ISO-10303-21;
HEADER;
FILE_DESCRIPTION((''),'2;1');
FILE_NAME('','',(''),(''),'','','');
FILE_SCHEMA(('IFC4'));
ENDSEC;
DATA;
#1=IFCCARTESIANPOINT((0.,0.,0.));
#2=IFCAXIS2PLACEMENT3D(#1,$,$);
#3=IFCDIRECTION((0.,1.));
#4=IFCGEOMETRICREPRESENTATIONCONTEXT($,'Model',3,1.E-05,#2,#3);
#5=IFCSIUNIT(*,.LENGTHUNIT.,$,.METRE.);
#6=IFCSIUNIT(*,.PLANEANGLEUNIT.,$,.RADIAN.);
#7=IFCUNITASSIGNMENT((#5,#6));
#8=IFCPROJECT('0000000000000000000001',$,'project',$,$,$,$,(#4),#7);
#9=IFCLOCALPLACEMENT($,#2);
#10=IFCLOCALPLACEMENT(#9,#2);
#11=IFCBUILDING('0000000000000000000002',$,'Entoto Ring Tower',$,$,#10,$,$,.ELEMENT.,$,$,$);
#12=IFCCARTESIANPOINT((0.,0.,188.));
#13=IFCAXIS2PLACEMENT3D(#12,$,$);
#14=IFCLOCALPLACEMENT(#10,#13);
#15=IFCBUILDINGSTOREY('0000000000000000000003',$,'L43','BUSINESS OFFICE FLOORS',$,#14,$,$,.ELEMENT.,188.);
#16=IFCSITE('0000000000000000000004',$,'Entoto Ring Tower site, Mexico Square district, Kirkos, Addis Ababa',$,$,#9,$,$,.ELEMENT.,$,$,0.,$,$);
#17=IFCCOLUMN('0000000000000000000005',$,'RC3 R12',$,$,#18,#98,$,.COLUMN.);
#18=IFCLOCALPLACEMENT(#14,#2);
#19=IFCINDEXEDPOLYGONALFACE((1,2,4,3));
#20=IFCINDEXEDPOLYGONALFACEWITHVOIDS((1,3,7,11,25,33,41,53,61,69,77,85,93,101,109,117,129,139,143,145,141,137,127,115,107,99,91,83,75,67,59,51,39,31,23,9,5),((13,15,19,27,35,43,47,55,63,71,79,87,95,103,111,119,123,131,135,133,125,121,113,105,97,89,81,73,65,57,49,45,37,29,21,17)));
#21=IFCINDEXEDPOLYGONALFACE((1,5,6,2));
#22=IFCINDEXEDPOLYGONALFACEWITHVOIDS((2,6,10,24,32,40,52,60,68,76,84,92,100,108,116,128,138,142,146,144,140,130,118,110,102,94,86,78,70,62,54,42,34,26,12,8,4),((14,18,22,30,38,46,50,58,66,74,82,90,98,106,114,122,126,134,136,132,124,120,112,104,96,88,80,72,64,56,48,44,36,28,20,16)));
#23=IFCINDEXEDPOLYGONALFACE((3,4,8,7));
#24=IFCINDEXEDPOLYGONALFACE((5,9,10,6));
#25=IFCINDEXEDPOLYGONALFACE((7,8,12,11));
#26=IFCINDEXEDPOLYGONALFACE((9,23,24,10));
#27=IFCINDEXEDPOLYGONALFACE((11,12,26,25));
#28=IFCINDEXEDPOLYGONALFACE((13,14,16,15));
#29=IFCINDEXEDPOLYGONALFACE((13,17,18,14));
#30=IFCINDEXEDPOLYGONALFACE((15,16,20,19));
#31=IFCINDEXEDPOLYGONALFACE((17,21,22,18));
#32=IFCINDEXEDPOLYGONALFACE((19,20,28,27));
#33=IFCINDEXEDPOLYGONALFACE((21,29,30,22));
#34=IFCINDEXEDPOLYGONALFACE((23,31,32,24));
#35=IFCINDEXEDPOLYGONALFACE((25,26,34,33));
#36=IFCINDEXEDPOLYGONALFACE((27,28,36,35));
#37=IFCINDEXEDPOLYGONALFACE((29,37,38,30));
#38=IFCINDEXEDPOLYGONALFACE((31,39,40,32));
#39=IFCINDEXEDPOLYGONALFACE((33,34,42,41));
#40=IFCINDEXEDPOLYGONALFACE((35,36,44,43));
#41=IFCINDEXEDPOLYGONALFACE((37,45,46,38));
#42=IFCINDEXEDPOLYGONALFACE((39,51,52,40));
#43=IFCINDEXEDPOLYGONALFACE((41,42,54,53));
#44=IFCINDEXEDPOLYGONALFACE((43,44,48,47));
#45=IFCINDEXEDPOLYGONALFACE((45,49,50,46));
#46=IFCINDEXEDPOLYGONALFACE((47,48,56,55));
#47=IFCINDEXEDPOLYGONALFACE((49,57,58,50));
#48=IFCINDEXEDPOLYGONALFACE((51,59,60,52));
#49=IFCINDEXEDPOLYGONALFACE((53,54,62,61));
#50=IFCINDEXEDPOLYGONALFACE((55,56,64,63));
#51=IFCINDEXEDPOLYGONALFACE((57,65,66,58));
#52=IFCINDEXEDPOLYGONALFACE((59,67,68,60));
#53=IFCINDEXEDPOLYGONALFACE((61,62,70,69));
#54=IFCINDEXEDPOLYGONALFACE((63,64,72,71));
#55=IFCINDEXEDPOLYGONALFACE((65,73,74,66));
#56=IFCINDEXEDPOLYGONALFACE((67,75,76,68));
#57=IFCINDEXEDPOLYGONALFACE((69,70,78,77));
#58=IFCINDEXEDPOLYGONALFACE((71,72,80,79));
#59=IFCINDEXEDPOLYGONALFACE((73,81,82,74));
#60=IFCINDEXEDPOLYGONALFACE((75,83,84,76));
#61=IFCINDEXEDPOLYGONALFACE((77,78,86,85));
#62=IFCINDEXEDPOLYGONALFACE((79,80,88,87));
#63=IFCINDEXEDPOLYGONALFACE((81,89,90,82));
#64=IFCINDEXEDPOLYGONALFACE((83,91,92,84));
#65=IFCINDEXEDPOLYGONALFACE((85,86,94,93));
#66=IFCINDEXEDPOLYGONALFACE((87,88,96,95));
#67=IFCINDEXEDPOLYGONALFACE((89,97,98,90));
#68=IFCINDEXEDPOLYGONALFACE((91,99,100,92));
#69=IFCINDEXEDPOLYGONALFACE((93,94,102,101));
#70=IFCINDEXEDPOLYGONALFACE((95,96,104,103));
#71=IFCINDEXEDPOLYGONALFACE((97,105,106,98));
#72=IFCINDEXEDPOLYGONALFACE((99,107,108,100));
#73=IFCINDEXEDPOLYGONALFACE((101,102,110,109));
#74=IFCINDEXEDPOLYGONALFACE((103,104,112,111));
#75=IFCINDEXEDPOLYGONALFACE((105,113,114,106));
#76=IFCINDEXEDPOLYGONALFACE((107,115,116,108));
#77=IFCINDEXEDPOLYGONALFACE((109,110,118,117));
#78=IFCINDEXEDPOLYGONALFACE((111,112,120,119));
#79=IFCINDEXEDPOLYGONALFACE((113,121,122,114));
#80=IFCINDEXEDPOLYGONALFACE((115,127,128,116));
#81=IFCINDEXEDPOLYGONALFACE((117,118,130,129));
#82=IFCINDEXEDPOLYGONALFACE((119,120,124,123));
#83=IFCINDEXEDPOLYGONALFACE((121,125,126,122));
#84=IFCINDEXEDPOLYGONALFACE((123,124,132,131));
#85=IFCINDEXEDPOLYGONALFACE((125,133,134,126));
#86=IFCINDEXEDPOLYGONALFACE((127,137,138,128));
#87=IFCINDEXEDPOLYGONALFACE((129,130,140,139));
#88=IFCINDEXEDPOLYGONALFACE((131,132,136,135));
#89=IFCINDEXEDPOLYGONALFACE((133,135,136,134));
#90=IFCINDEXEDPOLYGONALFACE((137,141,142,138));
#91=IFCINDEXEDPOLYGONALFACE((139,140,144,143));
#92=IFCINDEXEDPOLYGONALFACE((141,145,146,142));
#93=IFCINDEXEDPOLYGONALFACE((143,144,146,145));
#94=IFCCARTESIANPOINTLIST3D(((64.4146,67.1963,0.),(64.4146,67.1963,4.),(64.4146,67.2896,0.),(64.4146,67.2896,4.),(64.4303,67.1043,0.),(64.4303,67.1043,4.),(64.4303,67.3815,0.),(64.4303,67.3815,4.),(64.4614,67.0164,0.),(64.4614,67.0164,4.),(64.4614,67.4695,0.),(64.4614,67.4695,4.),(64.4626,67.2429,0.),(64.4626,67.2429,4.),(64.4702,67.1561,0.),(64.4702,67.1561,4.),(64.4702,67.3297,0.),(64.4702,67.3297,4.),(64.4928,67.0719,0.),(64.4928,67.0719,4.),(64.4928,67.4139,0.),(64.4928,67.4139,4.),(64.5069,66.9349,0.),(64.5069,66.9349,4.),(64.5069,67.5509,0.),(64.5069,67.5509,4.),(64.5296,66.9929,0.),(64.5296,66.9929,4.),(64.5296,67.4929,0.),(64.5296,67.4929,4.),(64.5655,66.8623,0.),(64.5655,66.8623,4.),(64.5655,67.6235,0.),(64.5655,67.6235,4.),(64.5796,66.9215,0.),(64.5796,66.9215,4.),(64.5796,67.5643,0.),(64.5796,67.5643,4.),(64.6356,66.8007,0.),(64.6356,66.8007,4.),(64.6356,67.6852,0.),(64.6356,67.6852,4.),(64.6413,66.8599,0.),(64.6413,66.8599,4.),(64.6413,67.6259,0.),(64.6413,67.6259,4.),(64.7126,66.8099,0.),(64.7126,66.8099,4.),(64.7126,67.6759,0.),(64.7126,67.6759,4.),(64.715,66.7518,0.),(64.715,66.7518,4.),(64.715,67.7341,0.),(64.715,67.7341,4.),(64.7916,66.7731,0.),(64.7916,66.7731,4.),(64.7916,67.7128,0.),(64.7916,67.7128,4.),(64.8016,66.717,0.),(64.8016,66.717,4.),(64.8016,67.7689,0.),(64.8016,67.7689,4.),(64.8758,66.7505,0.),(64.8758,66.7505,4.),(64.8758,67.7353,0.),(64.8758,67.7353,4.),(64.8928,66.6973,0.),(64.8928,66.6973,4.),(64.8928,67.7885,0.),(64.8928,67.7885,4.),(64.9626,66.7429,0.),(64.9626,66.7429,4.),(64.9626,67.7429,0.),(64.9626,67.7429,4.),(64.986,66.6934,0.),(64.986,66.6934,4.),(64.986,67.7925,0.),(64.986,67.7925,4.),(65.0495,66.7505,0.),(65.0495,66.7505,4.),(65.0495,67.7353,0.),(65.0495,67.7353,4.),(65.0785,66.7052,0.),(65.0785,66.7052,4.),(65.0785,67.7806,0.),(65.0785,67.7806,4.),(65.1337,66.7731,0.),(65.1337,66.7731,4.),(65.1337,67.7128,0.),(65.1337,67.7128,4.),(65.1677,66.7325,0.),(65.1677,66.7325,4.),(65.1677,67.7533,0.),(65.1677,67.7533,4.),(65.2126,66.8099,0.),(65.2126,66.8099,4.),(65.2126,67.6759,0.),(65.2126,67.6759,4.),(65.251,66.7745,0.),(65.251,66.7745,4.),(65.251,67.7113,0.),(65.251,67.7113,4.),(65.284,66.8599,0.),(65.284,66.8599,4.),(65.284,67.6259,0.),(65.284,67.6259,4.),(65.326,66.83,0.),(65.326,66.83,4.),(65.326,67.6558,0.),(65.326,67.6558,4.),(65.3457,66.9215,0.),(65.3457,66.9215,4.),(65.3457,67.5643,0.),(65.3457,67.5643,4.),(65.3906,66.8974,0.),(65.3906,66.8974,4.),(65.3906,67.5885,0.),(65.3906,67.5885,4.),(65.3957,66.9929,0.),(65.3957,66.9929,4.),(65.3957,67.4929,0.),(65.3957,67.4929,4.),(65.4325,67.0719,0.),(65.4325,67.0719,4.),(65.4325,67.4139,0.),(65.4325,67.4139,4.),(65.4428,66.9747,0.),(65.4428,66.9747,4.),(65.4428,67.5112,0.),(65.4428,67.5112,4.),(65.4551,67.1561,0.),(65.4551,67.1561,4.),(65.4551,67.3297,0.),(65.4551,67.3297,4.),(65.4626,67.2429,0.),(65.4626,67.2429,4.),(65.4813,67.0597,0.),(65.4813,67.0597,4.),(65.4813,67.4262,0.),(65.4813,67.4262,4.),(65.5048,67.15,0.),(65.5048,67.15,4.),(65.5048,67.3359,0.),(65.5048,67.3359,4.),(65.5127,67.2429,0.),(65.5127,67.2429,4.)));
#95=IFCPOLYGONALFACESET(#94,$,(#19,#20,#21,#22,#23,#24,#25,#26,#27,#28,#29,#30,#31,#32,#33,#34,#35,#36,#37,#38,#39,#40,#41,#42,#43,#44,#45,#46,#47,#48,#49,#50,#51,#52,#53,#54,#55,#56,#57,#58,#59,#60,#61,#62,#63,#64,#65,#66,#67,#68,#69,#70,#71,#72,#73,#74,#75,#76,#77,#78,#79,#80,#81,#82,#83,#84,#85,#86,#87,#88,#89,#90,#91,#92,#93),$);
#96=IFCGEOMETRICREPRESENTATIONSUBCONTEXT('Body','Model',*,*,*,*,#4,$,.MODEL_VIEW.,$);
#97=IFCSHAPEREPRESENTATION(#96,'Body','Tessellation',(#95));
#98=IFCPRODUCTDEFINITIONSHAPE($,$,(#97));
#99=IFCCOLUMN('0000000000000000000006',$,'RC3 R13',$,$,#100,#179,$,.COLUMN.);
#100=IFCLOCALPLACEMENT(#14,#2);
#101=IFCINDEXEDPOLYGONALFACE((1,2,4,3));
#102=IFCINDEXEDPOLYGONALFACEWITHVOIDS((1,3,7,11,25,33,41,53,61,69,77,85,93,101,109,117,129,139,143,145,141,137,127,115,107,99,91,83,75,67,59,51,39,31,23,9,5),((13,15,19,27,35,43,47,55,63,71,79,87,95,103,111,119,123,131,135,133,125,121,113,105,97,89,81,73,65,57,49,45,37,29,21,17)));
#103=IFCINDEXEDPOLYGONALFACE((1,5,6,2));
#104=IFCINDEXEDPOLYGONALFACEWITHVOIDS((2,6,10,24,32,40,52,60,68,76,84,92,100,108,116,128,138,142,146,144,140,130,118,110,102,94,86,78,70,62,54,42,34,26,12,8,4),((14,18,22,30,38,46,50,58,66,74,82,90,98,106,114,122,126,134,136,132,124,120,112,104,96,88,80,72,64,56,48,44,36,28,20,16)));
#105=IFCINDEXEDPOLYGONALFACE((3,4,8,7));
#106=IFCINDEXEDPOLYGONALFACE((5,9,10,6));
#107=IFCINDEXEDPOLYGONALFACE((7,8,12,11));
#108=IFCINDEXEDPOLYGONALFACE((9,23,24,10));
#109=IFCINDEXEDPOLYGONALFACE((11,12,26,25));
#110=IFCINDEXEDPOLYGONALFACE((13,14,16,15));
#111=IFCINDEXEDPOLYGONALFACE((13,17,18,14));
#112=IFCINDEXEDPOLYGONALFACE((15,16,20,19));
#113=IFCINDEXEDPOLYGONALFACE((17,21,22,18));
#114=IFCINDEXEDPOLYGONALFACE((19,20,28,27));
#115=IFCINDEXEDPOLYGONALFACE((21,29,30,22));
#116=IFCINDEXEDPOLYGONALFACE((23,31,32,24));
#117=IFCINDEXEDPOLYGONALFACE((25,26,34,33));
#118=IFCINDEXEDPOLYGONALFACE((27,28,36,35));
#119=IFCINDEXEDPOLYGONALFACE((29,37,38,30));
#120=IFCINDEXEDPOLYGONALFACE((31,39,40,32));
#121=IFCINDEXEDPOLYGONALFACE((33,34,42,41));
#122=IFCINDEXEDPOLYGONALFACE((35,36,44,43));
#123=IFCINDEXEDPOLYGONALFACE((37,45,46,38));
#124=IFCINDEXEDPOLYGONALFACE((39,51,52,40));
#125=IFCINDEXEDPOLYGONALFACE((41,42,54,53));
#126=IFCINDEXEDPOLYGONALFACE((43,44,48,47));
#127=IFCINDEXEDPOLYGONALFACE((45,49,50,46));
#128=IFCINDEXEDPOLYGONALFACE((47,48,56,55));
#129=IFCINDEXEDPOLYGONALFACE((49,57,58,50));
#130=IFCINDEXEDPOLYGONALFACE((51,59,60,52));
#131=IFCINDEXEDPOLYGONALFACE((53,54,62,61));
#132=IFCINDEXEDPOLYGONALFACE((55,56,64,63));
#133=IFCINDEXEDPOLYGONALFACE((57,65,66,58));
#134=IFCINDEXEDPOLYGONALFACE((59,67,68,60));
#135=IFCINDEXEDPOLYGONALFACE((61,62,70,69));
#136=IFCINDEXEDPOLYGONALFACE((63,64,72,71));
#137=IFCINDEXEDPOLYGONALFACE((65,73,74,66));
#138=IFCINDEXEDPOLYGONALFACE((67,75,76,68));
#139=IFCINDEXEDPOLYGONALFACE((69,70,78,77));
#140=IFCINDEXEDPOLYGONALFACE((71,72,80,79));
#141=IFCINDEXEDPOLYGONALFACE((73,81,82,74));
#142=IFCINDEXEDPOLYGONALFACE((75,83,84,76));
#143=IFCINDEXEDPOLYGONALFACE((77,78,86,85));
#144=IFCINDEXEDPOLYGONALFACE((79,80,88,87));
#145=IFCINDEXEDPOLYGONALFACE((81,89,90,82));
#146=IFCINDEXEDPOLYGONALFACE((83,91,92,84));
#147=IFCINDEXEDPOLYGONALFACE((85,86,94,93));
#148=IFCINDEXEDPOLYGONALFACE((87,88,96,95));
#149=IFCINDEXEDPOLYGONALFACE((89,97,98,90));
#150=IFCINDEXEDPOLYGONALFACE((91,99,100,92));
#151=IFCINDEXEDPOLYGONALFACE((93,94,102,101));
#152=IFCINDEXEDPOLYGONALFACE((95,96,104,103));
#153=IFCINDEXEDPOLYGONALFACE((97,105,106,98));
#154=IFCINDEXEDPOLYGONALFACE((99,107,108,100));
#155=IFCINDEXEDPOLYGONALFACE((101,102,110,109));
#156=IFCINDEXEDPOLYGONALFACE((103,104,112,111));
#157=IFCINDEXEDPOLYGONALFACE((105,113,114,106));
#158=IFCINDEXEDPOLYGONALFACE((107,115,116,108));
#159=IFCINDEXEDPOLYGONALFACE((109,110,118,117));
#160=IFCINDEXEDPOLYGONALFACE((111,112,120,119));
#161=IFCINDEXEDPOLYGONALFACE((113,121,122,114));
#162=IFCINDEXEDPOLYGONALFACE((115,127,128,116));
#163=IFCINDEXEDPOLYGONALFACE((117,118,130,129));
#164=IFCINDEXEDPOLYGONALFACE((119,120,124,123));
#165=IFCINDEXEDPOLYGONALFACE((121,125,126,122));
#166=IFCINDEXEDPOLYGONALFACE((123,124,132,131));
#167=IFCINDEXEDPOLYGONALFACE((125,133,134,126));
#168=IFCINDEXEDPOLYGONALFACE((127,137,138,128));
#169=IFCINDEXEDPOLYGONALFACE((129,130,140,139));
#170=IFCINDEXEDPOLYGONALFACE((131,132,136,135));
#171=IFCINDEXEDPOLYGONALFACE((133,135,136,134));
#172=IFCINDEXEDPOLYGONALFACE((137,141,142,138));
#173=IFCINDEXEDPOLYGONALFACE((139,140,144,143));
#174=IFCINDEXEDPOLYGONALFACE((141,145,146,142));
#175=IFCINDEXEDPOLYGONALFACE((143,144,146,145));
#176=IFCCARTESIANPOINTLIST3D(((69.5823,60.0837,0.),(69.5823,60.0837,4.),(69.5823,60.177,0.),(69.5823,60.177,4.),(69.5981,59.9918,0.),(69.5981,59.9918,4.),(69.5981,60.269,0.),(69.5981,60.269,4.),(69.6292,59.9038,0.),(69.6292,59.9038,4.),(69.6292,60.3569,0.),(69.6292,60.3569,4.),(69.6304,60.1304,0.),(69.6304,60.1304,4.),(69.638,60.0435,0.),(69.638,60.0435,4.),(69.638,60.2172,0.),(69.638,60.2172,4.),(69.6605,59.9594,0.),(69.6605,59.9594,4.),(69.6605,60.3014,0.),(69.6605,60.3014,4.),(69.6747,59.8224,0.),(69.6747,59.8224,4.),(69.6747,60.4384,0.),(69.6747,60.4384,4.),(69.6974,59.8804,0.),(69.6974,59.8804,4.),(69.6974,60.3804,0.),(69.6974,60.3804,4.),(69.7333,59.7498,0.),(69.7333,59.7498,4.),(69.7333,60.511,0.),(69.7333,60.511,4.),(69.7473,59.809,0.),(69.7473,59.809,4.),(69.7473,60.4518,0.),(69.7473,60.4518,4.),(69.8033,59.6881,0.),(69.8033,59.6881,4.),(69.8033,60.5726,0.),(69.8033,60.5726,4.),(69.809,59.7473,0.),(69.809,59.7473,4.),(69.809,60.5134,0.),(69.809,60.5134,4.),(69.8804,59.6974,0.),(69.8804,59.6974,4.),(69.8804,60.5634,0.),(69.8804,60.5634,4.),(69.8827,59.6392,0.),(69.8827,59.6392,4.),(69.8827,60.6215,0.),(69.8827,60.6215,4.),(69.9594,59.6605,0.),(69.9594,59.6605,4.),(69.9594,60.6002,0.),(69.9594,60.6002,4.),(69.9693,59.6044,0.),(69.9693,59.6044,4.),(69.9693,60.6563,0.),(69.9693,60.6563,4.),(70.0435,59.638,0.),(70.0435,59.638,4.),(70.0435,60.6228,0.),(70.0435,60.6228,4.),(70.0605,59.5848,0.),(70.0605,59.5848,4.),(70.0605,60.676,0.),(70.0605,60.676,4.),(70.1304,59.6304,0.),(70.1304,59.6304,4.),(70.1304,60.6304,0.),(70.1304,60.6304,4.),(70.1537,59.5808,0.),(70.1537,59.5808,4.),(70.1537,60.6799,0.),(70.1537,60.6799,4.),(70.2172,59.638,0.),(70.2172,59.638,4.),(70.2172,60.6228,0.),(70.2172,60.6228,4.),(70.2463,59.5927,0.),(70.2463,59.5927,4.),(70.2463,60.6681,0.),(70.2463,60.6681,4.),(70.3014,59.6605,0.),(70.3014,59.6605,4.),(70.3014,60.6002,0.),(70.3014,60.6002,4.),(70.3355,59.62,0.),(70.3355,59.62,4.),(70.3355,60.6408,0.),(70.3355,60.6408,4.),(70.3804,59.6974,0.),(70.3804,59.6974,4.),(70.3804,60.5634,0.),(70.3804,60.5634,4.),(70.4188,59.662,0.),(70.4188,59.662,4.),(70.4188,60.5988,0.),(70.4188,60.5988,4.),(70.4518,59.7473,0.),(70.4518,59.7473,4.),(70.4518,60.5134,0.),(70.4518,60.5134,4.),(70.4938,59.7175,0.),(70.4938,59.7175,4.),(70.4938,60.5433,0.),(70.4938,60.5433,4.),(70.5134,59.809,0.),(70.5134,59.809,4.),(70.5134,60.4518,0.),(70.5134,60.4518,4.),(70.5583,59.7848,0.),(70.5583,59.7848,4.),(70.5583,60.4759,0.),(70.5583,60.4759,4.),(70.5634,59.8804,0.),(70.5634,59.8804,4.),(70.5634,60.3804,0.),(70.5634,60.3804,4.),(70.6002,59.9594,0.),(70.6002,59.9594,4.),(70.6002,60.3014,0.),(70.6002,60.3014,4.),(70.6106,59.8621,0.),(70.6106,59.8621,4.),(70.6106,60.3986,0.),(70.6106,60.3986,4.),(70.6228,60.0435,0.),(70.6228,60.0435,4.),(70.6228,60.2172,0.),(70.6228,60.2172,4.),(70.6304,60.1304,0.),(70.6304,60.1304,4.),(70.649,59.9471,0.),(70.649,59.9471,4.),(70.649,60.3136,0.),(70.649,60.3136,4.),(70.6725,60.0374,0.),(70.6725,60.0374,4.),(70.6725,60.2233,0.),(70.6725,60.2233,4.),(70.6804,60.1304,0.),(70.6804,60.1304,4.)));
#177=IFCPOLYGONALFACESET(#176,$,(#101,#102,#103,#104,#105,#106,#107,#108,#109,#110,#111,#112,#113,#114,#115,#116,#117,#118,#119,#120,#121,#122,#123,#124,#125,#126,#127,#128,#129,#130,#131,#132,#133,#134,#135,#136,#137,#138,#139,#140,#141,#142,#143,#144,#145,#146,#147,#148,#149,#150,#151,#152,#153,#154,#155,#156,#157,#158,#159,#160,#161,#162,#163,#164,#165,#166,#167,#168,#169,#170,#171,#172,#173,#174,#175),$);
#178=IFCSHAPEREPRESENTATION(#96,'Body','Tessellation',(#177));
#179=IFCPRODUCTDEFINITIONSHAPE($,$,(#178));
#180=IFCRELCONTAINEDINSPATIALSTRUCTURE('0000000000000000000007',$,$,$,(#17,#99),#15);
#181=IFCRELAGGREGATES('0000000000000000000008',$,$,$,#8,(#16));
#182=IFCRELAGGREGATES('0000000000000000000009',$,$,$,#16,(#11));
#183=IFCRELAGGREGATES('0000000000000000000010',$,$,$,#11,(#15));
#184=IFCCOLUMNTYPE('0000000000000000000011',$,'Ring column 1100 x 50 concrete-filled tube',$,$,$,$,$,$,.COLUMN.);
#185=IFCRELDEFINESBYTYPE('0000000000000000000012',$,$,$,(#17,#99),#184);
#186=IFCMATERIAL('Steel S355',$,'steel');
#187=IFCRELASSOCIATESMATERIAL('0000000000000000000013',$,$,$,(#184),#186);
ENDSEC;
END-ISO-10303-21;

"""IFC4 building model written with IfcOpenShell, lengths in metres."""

from ifc_helpers import new_model, si_unit, direction, frame, origin, origin_2d, place, context, subcontext, project, spatial, circle, hollow_circle, extrude, material, material_profile, profile_set, type_object, element, save


model = new_model("IFC4")

# Units and contexts
model_context = context("Model", 3, precision=1e-05, world=origin(), true_north=direction((0.0, 1.0)))
body_context = subcontext(model_context, "Body", "Model", "MODEL_VIEW")
ifc_project = project(units=[si_unit("LENGTHUNIT", "METRE"), si_unit("PLANEANGLEUNIT", "RADIAN")], contexts=[model_context])

# Site, building, storey
site_placement = place(None, origin())
site = spatial("IfcSite", under=ifc_project, at=site_placement, Name="Entoto Ring Tower site, Mexico Square district, Kirkos, Addis Ababa", CompositionType="ELEMENT", RefElevation=0.0)
building_placement = place(site_placement, origin())
building = spatial("IfcBuilding", under=site, at=building_placement, Name="Entoto Ring Tower", CompositionType="ELEMENT")
storey_placement = place(building_placement, frame((0.0, 0.0, 188.0)))
storey = spatial("IfcBuildingStorey", under=building, at=storey_placement, Name="L43", Description="BUSINESS OFFICE FLOORS", CompositionType="ELEMENT", Elevation=188.0)

# Columns
ifc_material_1 = material(Name="Steel S355", Category="steel")
ifc_material_profile_1 = material_profile(ifc_material_1, hollow_circle(Radius=0.55, WallThickness=0.05, at=origin_2d()), Name="CHS 1100 x 50")
ifc_material_2 = material(Name="Concrete C60/75", Category="concrete")
ifc_material_profile_2 = material_profile(ifc_material_2, circle(Radius=0.5, at=origin_2d()), Name="Concrete C60/75 infill")
ifc_profile_set_1 = profile_set([ifc_material_profile_1, ifc_material_profile_2], Name="Steel S355")
column_type = type_object("IfcColumnType", Name="Ring column 1100 x 50 concrete-filled tube", PredefinedType="COLUMN", material=ifc_profile_set_1)
for number, where, z_axis, x_axis, name in (
    (1, (64.9626, 67.2429, 0.0), (0.0, 0.0, 1.0), (1.0, 0.0, 0.0), "RC3 R12"),
    (2, (70.1304, 60.1304, 0.0), (0.0, 0.0, 1.0), (1.0, 0.0, 0.0), "RC3 R13"),
):
    element("IfcColumn", number, at=place(storey_placement, frame(where, z_axis=z_axis, x_axis=x_axis)), inside=storey, type_object=column_type, Name=name, PredefinedType="COLUMN", context=body_context, shape_type="SweptSolid", body=[
        extrude(hollow_circle(Radius=0.55, WallThickness=0.05, at=origin_2d()), origin(), (0.0, 0.0, 1.0), 4.0),
    ])

save(model, "model.ifc")
